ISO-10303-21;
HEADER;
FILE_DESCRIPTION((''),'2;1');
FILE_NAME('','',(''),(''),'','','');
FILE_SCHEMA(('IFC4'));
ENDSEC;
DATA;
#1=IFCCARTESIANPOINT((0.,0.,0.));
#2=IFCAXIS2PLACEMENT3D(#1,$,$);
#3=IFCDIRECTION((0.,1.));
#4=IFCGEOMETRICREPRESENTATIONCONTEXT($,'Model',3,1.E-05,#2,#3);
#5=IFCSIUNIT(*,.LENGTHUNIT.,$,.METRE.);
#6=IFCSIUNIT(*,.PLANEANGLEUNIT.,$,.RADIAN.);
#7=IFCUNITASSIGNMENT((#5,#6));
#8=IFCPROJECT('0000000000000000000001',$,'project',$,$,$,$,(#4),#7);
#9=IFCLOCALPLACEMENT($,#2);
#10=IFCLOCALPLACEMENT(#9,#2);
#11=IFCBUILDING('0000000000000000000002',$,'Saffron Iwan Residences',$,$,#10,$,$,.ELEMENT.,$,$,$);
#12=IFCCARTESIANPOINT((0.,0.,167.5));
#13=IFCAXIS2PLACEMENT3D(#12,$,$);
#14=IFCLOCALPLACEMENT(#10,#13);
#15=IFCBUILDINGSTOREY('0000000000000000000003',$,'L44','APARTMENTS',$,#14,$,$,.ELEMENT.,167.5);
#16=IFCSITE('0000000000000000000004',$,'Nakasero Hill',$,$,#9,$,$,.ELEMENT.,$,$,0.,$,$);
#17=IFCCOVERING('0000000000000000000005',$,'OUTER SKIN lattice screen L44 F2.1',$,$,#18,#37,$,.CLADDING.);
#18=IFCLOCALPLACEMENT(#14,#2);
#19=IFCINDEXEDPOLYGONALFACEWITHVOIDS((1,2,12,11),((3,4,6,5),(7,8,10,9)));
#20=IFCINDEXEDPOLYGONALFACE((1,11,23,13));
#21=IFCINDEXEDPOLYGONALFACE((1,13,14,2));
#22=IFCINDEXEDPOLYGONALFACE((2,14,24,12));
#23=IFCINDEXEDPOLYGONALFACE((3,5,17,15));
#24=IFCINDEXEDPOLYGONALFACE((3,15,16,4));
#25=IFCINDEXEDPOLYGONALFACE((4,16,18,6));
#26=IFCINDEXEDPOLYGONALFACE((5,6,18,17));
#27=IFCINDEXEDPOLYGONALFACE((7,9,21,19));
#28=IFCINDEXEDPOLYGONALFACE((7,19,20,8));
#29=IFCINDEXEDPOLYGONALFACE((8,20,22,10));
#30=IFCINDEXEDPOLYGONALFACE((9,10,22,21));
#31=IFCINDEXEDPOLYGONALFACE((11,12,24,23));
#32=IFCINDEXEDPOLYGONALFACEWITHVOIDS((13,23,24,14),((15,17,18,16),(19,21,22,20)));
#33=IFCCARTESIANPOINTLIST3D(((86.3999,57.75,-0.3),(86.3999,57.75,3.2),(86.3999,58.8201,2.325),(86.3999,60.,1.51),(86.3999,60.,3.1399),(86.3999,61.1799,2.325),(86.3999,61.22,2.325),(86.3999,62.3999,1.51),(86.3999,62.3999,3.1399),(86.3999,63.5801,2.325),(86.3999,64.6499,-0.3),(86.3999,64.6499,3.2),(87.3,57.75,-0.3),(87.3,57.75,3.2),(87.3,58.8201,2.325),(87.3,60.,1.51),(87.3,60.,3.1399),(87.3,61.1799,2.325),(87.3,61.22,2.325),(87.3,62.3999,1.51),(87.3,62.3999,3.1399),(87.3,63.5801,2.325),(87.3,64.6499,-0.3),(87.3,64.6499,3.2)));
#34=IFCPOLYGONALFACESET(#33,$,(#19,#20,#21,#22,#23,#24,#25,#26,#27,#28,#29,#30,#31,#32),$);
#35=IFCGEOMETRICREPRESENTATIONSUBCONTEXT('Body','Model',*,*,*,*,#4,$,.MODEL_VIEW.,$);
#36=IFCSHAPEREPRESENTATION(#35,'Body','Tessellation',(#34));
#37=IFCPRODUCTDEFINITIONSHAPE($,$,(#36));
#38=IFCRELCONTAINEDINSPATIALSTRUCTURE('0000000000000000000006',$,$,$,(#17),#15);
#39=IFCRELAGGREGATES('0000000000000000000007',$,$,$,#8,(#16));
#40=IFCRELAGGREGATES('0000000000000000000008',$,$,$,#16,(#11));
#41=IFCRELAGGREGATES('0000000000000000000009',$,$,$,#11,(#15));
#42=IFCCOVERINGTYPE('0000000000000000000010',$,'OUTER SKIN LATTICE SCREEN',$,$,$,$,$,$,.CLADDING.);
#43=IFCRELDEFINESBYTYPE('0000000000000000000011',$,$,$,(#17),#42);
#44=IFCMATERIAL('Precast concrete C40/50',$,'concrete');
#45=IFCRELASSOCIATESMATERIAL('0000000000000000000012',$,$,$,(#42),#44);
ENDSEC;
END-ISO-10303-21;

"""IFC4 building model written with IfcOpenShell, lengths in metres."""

from ifc_helpers import new_model, si_unit, direction, frame, origin, place, context, subcontext, project, spatial, polyline, outline, extrude, material, type_object, element, save


model = new_model("IFC4")

# Units and contexts
model_context = context("Model", 3, precision=1e-05, world=origin(), true_north=direction((0.0, 1.0)))
body_context = subcontext(model_context, "Body", "Model", "MODEL_VIEW")
ifc_project = project(units=[si_unit("LENGTHUNIT", "METRE"), si_unit("PLANEANGLEUNIT", "RADIAN")], contexts=[model_context])

# Site, building, storey
site_placement = place(None, origin())
site = spatial("IfcSite", under=ifc_project, at=site_placement, Name="Nakasero Hill", CompositionType="ELEMENT", RefElevation=0.0)
building_placement = place(site_placement, origin())
building = spatial("IfcBuilding", under=site, at=building_placement, Name="Saffron Iwan Residences", CompositionType="ELEMENT")
storey_placement = place(building_placement, frame((0.0, 0.0, 167.5)))
storey = spatial("IfcBuildingStorey", under=building, at=storey_placement, Name="L44", Description="APARTMENTS", CompositionType="ELEMENT", Elevation=167.5)

# Covering
ifc_material_1 = material(Name="Precast concrete C40/50", Category="concrete")
covering_type = type_object("IfcCoveringType", Name="OUTER SKIN LATTICE SCREEN", PredefinedType="CLADDING", material=ifc_material_1)
covering_placement = place(storey_placement, frame((86.3999, 57.75, -0.3), z_axis=(1.0, 0.0, 0.0), x_axis=(0.0, 1.0, 0.0)))
element("IfcCovering", 1, at=covering_placement, inside=storey, type_object=covering_type, Name="OUTER SKIN lattice screen L44 F2.1", PredefinedType="CLADDING", context=body_context, shape_type="SweptSolid", body=[
    extrude(outline(polyline([(0.0, 0.0), (6.8999, 0.0), (6.8999, 3.5), (0.0, 3.5), (0.0, 0.0)]), holes=[polyline([(1.0701, 2.625), (2.25, 1.8101), (3.4299, 2.625), (2.25, 3.4399), (1.0701, 2.625)]), polyline([(3.47, 2.625), (4.6499, 1.8101), (5.8301, 2.625), (4.6499, 3.4399), (3.47, 2.625)])]), origin(), (0.0, 0.0, 1.0), 0.9001),
])

save(model, "model.ifc")
